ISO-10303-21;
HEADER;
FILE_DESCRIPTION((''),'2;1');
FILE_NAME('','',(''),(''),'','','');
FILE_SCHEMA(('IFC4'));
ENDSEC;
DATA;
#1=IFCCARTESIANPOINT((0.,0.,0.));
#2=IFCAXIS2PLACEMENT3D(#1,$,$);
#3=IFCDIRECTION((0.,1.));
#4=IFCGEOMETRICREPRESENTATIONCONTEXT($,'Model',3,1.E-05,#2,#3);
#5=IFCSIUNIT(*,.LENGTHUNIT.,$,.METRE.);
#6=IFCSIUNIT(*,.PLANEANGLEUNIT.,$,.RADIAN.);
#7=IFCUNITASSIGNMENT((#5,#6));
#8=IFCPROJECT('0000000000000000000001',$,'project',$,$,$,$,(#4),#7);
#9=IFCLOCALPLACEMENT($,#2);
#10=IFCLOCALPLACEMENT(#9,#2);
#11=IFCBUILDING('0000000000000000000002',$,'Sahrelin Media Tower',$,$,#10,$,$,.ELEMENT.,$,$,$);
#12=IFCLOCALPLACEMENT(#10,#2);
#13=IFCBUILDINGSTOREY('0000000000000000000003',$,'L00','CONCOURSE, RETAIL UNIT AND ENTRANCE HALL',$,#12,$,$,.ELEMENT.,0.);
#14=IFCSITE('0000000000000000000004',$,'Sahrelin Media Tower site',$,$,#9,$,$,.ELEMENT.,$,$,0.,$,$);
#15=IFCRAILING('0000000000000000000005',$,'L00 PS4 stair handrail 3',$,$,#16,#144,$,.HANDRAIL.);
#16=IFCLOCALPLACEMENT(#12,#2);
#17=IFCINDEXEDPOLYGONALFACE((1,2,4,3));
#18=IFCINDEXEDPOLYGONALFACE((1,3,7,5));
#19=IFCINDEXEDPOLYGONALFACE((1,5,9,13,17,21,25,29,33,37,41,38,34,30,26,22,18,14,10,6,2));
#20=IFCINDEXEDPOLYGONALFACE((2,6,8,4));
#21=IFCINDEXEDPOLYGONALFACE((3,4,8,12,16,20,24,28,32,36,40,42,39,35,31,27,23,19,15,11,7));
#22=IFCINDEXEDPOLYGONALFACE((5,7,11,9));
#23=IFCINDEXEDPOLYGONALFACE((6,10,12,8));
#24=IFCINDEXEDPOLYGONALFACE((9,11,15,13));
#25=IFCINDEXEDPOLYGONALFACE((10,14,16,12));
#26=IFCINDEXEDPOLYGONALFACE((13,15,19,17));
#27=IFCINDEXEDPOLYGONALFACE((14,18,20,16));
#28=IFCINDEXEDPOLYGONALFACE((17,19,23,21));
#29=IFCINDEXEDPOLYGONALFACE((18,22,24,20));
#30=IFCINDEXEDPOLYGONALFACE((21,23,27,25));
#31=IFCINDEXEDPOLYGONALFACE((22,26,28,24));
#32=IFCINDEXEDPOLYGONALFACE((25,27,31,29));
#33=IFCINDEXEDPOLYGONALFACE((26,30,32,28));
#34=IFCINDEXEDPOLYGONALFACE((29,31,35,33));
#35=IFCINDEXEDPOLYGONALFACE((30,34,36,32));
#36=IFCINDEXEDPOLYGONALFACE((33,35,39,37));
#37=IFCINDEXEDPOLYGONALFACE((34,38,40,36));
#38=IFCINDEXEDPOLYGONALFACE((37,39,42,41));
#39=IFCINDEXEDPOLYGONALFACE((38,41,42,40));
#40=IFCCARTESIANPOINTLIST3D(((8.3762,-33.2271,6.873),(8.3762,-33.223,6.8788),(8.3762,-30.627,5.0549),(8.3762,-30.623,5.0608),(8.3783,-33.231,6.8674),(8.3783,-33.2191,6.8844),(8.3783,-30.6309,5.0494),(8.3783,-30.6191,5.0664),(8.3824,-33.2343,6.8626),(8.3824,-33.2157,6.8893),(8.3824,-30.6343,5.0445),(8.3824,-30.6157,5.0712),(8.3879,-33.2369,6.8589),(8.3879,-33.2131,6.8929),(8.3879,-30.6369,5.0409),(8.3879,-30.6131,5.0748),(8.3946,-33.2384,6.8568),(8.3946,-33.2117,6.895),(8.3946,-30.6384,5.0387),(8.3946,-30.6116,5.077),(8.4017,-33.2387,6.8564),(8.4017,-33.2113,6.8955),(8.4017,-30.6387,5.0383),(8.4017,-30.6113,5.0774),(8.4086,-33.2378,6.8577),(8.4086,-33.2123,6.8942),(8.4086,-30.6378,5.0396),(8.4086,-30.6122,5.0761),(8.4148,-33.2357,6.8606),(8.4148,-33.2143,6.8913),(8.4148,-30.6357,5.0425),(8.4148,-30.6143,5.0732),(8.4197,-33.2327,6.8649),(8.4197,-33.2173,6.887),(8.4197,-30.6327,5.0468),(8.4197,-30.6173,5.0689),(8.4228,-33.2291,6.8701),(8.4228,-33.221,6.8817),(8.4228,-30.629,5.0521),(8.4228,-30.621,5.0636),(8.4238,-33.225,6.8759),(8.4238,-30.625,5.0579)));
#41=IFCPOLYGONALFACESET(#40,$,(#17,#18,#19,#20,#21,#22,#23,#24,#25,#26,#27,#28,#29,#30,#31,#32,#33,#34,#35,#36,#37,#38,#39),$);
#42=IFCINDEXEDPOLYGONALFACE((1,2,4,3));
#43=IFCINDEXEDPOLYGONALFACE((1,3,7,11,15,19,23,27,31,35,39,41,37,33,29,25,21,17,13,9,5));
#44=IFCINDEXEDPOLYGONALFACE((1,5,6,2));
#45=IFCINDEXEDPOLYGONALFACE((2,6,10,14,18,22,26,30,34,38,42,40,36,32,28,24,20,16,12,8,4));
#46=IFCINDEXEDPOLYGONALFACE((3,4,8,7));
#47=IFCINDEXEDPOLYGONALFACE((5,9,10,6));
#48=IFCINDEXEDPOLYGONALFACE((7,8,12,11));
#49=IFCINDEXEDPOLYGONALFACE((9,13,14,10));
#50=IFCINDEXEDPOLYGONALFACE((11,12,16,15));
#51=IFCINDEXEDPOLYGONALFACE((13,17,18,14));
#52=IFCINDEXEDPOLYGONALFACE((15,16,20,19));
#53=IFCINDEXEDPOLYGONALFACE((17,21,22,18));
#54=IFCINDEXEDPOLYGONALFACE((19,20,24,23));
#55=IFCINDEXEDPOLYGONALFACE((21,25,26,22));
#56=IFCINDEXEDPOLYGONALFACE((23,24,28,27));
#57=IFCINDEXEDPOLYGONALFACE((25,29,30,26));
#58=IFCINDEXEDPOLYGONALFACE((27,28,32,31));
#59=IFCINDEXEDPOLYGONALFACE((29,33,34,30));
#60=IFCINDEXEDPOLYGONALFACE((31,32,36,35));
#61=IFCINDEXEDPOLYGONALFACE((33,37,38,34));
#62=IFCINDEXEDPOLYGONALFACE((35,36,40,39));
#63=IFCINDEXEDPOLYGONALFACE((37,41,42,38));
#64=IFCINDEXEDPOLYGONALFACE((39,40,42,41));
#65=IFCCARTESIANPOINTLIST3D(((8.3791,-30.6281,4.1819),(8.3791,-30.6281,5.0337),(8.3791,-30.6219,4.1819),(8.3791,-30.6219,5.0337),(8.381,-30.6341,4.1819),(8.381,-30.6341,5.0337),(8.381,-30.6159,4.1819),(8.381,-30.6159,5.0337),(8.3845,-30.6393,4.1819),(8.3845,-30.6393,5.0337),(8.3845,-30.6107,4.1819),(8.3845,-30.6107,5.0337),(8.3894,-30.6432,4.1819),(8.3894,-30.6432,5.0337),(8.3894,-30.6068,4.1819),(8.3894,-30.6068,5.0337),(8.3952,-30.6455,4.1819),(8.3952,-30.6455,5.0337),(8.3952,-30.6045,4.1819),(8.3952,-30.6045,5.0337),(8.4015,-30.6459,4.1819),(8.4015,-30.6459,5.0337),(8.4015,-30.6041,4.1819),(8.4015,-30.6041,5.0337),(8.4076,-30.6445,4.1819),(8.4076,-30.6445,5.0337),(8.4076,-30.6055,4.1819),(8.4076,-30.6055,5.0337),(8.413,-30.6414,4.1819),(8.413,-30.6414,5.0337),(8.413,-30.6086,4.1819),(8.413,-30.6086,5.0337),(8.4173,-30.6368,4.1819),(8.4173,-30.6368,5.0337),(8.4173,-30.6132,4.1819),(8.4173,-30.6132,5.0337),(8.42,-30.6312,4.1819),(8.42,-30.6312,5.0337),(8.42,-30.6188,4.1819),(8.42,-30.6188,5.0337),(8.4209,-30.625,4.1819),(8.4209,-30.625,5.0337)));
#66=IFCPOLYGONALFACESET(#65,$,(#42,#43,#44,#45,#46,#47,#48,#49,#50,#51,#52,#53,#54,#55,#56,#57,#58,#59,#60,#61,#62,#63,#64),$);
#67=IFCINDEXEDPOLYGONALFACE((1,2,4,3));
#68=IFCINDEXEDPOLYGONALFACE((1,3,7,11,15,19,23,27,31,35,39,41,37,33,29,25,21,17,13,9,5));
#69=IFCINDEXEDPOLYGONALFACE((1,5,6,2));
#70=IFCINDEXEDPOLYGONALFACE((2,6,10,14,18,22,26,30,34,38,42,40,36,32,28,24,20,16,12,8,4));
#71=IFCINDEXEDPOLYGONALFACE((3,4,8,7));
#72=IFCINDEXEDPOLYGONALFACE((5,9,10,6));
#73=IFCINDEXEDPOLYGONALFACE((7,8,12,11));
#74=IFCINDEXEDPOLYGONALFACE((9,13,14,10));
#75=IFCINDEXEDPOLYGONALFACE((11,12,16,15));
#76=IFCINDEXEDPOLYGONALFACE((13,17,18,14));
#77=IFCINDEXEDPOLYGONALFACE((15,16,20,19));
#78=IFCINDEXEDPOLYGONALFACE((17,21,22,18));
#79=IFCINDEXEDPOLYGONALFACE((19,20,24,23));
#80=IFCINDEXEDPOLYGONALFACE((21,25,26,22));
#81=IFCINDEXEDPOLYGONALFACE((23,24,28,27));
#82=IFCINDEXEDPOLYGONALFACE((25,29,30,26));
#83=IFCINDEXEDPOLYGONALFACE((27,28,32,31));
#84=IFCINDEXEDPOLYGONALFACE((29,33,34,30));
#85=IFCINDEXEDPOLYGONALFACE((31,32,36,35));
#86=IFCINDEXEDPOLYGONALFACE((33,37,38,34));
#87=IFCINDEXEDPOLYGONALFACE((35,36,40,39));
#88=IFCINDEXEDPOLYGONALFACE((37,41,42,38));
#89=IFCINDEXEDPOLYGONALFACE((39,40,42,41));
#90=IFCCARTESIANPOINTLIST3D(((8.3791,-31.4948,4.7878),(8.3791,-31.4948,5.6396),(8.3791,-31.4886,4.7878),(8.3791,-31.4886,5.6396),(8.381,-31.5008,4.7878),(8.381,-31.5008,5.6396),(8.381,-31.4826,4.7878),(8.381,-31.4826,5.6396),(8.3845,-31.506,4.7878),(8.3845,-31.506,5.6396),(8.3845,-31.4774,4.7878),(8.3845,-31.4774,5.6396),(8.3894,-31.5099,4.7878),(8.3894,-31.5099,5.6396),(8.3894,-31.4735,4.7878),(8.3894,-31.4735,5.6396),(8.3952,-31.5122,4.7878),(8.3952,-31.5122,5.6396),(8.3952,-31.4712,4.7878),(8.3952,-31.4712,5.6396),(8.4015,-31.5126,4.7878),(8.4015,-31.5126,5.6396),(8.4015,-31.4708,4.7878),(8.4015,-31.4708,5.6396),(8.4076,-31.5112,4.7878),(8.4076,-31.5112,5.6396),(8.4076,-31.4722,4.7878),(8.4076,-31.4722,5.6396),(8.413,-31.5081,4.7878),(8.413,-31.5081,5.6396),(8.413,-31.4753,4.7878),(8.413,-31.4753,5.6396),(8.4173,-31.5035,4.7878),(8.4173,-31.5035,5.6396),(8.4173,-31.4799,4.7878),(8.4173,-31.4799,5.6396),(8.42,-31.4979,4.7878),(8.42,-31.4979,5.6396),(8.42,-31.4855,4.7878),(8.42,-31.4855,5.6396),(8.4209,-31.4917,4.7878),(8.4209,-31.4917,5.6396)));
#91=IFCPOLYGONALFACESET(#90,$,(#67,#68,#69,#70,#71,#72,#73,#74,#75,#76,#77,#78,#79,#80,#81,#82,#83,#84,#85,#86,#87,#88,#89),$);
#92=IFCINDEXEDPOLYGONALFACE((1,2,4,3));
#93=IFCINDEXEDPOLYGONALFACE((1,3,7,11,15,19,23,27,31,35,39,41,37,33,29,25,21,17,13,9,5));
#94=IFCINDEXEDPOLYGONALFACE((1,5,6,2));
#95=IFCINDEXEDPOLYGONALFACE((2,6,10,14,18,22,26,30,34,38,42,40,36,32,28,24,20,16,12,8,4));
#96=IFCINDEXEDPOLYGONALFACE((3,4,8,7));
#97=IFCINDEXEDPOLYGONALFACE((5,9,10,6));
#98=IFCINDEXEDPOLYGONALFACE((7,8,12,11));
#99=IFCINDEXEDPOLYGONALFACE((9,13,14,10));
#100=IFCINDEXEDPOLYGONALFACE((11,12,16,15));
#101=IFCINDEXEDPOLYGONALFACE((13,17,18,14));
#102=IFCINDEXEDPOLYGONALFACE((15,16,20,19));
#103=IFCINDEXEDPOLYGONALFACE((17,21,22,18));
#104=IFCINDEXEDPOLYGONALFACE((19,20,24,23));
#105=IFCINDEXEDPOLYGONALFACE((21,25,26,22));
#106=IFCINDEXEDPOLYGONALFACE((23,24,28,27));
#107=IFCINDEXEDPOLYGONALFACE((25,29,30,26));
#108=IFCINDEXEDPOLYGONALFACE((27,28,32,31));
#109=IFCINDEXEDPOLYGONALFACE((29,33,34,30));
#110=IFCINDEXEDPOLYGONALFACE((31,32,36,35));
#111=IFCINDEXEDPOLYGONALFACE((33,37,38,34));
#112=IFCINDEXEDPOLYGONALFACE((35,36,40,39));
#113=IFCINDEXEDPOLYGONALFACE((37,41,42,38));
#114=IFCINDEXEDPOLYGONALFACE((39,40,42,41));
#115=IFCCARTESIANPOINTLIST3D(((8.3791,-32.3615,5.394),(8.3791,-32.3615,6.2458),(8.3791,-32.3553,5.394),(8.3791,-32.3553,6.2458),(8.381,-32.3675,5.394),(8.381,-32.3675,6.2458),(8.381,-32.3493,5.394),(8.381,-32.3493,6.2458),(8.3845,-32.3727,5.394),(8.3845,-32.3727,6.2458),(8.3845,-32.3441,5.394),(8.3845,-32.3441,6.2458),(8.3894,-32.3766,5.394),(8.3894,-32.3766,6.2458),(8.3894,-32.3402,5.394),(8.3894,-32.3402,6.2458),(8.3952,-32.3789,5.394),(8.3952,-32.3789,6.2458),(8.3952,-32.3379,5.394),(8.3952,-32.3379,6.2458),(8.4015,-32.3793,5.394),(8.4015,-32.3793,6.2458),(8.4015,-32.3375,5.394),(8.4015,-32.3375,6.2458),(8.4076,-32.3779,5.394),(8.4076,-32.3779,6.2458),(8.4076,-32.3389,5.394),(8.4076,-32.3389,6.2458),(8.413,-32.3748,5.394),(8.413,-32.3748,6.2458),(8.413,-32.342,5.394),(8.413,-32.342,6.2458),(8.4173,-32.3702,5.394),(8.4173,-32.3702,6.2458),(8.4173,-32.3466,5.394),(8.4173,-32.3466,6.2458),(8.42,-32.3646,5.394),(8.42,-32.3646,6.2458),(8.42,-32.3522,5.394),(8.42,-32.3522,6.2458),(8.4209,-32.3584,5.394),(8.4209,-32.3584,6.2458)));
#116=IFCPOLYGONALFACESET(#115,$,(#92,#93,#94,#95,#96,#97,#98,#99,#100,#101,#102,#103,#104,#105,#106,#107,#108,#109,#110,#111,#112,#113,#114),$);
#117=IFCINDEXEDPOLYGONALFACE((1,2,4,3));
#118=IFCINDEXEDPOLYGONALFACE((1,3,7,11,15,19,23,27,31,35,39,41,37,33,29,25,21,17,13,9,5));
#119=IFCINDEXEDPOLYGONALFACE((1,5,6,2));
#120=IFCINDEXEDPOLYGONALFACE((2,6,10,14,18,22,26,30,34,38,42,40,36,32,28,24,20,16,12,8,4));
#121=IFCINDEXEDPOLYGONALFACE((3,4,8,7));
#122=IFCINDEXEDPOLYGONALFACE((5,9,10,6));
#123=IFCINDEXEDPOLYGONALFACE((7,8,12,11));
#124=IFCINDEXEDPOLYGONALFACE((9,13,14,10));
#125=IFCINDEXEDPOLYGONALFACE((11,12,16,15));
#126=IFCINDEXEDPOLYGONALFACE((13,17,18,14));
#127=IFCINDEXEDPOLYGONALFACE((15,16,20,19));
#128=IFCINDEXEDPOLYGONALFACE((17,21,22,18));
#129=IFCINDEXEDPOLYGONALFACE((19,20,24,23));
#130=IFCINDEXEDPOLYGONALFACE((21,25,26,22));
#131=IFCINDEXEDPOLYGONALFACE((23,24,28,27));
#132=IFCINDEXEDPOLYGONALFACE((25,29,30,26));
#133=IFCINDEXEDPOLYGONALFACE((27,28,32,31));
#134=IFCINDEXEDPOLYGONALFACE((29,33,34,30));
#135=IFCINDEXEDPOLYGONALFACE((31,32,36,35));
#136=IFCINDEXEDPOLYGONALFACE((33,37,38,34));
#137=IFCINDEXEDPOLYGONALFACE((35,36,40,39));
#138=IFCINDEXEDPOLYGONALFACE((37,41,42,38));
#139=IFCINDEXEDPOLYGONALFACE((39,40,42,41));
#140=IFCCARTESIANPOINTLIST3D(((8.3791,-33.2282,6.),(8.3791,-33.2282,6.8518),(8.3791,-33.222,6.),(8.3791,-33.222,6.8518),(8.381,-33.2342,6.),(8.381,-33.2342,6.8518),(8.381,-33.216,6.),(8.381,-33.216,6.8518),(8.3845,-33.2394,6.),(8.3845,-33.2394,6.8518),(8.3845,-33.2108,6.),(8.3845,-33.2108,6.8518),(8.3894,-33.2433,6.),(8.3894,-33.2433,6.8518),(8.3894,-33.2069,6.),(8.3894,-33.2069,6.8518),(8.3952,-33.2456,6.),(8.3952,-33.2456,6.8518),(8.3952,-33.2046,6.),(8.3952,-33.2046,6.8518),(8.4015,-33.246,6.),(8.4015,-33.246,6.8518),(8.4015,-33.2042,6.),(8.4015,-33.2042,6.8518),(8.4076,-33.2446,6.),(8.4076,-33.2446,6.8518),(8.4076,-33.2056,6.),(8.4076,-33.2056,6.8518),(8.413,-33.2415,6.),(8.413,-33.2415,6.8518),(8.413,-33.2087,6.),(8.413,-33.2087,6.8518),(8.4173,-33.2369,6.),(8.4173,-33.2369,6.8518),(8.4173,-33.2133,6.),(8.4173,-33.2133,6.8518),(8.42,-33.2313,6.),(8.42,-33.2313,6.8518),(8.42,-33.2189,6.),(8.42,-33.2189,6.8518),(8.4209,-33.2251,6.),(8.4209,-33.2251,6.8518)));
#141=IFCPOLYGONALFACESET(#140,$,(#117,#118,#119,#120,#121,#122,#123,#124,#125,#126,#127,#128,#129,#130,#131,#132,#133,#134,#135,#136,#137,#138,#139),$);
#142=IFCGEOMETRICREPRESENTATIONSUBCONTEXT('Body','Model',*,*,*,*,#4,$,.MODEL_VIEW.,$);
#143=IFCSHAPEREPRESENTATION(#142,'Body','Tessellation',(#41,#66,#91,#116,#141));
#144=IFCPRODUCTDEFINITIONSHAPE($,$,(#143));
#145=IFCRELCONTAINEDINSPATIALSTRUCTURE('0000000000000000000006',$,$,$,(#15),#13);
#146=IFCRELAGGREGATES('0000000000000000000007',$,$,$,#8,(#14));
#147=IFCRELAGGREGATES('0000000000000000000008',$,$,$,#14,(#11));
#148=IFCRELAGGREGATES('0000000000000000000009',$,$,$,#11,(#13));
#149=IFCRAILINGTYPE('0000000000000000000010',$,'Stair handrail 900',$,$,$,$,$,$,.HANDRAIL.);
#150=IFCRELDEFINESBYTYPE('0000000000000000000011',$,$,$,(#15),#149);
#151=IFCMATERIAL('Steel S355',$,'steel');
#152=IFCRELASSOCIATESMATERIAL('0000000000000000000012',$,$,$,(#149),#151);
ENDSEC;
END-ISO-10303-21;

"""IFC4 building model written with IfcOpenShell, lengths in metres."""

from ifc_helpers import new_model, si_unit, direction, frame, origin, origin_2d, place, context, subcontext, project, spatial, circle, extrude, material, type_object, element, save


model = new_model("IFC4")

# Units and contexts
model_context = context("Model", 3, precision=1e-05, world=origin(), true_north=direction((0.0, 1.0)))
body_context = subcontext(model_context, "Body", "Model", "MODEL_VIEW")
ifc_project = project(units=[si_unit("LENGTHUNIT", "METRE"), si_unit("PLANEANGLEUNIT", "RADIAN")], contexts=[model_context])

# Site, building, storey
site_placement = place(None, origin())
site = spatial("IfcSite", under=ifc_project, at=site_placement, Name="Sahrelin Media Tower site", CompositionType="ELEMENT", RefElevation=0.0)
building_placement = place(site_placement, origin())
building = spatial("IfcBuilding", under=site, at=building_placement, Name="Sahrelin Media Tower", CompositionType="ELEMENT")
storey_placement = place(building_placement, origin())
storey = spatial("IfcBuildingStorey", under=building, at=storey_placement, Name="L00", Description="CONCOURSE, RETAIL UNIT AND ENTRANCE HALL", CompositionType="ELEMENT", Elevation=0.0)

# Shared definitions
ifc_material_1 = material(Name="Steel S355", Category="steel")

# Railing
railing_type_1 = type_object("IfcRailingType", Name="Stair handrail 900", PredefinedType="HANDRAIL", material=ifc_material_1)
railing_1_placement = place(storey_placement, frame((8.3999, -30.625, 4.1819)))
element("IfcRailing", 1, at=railing_1_placement, inside=storey, type_object=railing_type_1, Name="L00 PS4 stair handrail 3", PredefinedType="HANDRAIL", context=body_context, shape_type="SweptSolid", body=[
    extrude(circle(Radius=0.0239, at=origin_2d()), frame((0.0, 0.0, 0.876), z_axis=(0.0, -0.819521, 0.573049), x_axis=(1.0, 0.0, 0.0)), (0.0, 0.0, 1.0), 3.1726),
    extrude(circle(Radius=0.021, at=origin_2d()), origin(), (0.0, 0.0, 1.0), 0.8518),
    extrude(circle(Radius=0.021, at=origin_2d()), frame((0.0, -0.8667, 0.606)), (0.0, 0.0, 1.0), 0.8518),
    extrude(circle(Radius=0.021, at=origin_2d()), frame((0.0, -1.7334, 1.2122)), (0.0, 0.0, 1.0), 0.8518),
    extrude(circle(Radius=0.021, at=origin_2d()), frame((0.0, -2.6001, 1.8181)), (0.0, 0.0, 1.0), 0.8518),
])

save(model, "model.ifc")
